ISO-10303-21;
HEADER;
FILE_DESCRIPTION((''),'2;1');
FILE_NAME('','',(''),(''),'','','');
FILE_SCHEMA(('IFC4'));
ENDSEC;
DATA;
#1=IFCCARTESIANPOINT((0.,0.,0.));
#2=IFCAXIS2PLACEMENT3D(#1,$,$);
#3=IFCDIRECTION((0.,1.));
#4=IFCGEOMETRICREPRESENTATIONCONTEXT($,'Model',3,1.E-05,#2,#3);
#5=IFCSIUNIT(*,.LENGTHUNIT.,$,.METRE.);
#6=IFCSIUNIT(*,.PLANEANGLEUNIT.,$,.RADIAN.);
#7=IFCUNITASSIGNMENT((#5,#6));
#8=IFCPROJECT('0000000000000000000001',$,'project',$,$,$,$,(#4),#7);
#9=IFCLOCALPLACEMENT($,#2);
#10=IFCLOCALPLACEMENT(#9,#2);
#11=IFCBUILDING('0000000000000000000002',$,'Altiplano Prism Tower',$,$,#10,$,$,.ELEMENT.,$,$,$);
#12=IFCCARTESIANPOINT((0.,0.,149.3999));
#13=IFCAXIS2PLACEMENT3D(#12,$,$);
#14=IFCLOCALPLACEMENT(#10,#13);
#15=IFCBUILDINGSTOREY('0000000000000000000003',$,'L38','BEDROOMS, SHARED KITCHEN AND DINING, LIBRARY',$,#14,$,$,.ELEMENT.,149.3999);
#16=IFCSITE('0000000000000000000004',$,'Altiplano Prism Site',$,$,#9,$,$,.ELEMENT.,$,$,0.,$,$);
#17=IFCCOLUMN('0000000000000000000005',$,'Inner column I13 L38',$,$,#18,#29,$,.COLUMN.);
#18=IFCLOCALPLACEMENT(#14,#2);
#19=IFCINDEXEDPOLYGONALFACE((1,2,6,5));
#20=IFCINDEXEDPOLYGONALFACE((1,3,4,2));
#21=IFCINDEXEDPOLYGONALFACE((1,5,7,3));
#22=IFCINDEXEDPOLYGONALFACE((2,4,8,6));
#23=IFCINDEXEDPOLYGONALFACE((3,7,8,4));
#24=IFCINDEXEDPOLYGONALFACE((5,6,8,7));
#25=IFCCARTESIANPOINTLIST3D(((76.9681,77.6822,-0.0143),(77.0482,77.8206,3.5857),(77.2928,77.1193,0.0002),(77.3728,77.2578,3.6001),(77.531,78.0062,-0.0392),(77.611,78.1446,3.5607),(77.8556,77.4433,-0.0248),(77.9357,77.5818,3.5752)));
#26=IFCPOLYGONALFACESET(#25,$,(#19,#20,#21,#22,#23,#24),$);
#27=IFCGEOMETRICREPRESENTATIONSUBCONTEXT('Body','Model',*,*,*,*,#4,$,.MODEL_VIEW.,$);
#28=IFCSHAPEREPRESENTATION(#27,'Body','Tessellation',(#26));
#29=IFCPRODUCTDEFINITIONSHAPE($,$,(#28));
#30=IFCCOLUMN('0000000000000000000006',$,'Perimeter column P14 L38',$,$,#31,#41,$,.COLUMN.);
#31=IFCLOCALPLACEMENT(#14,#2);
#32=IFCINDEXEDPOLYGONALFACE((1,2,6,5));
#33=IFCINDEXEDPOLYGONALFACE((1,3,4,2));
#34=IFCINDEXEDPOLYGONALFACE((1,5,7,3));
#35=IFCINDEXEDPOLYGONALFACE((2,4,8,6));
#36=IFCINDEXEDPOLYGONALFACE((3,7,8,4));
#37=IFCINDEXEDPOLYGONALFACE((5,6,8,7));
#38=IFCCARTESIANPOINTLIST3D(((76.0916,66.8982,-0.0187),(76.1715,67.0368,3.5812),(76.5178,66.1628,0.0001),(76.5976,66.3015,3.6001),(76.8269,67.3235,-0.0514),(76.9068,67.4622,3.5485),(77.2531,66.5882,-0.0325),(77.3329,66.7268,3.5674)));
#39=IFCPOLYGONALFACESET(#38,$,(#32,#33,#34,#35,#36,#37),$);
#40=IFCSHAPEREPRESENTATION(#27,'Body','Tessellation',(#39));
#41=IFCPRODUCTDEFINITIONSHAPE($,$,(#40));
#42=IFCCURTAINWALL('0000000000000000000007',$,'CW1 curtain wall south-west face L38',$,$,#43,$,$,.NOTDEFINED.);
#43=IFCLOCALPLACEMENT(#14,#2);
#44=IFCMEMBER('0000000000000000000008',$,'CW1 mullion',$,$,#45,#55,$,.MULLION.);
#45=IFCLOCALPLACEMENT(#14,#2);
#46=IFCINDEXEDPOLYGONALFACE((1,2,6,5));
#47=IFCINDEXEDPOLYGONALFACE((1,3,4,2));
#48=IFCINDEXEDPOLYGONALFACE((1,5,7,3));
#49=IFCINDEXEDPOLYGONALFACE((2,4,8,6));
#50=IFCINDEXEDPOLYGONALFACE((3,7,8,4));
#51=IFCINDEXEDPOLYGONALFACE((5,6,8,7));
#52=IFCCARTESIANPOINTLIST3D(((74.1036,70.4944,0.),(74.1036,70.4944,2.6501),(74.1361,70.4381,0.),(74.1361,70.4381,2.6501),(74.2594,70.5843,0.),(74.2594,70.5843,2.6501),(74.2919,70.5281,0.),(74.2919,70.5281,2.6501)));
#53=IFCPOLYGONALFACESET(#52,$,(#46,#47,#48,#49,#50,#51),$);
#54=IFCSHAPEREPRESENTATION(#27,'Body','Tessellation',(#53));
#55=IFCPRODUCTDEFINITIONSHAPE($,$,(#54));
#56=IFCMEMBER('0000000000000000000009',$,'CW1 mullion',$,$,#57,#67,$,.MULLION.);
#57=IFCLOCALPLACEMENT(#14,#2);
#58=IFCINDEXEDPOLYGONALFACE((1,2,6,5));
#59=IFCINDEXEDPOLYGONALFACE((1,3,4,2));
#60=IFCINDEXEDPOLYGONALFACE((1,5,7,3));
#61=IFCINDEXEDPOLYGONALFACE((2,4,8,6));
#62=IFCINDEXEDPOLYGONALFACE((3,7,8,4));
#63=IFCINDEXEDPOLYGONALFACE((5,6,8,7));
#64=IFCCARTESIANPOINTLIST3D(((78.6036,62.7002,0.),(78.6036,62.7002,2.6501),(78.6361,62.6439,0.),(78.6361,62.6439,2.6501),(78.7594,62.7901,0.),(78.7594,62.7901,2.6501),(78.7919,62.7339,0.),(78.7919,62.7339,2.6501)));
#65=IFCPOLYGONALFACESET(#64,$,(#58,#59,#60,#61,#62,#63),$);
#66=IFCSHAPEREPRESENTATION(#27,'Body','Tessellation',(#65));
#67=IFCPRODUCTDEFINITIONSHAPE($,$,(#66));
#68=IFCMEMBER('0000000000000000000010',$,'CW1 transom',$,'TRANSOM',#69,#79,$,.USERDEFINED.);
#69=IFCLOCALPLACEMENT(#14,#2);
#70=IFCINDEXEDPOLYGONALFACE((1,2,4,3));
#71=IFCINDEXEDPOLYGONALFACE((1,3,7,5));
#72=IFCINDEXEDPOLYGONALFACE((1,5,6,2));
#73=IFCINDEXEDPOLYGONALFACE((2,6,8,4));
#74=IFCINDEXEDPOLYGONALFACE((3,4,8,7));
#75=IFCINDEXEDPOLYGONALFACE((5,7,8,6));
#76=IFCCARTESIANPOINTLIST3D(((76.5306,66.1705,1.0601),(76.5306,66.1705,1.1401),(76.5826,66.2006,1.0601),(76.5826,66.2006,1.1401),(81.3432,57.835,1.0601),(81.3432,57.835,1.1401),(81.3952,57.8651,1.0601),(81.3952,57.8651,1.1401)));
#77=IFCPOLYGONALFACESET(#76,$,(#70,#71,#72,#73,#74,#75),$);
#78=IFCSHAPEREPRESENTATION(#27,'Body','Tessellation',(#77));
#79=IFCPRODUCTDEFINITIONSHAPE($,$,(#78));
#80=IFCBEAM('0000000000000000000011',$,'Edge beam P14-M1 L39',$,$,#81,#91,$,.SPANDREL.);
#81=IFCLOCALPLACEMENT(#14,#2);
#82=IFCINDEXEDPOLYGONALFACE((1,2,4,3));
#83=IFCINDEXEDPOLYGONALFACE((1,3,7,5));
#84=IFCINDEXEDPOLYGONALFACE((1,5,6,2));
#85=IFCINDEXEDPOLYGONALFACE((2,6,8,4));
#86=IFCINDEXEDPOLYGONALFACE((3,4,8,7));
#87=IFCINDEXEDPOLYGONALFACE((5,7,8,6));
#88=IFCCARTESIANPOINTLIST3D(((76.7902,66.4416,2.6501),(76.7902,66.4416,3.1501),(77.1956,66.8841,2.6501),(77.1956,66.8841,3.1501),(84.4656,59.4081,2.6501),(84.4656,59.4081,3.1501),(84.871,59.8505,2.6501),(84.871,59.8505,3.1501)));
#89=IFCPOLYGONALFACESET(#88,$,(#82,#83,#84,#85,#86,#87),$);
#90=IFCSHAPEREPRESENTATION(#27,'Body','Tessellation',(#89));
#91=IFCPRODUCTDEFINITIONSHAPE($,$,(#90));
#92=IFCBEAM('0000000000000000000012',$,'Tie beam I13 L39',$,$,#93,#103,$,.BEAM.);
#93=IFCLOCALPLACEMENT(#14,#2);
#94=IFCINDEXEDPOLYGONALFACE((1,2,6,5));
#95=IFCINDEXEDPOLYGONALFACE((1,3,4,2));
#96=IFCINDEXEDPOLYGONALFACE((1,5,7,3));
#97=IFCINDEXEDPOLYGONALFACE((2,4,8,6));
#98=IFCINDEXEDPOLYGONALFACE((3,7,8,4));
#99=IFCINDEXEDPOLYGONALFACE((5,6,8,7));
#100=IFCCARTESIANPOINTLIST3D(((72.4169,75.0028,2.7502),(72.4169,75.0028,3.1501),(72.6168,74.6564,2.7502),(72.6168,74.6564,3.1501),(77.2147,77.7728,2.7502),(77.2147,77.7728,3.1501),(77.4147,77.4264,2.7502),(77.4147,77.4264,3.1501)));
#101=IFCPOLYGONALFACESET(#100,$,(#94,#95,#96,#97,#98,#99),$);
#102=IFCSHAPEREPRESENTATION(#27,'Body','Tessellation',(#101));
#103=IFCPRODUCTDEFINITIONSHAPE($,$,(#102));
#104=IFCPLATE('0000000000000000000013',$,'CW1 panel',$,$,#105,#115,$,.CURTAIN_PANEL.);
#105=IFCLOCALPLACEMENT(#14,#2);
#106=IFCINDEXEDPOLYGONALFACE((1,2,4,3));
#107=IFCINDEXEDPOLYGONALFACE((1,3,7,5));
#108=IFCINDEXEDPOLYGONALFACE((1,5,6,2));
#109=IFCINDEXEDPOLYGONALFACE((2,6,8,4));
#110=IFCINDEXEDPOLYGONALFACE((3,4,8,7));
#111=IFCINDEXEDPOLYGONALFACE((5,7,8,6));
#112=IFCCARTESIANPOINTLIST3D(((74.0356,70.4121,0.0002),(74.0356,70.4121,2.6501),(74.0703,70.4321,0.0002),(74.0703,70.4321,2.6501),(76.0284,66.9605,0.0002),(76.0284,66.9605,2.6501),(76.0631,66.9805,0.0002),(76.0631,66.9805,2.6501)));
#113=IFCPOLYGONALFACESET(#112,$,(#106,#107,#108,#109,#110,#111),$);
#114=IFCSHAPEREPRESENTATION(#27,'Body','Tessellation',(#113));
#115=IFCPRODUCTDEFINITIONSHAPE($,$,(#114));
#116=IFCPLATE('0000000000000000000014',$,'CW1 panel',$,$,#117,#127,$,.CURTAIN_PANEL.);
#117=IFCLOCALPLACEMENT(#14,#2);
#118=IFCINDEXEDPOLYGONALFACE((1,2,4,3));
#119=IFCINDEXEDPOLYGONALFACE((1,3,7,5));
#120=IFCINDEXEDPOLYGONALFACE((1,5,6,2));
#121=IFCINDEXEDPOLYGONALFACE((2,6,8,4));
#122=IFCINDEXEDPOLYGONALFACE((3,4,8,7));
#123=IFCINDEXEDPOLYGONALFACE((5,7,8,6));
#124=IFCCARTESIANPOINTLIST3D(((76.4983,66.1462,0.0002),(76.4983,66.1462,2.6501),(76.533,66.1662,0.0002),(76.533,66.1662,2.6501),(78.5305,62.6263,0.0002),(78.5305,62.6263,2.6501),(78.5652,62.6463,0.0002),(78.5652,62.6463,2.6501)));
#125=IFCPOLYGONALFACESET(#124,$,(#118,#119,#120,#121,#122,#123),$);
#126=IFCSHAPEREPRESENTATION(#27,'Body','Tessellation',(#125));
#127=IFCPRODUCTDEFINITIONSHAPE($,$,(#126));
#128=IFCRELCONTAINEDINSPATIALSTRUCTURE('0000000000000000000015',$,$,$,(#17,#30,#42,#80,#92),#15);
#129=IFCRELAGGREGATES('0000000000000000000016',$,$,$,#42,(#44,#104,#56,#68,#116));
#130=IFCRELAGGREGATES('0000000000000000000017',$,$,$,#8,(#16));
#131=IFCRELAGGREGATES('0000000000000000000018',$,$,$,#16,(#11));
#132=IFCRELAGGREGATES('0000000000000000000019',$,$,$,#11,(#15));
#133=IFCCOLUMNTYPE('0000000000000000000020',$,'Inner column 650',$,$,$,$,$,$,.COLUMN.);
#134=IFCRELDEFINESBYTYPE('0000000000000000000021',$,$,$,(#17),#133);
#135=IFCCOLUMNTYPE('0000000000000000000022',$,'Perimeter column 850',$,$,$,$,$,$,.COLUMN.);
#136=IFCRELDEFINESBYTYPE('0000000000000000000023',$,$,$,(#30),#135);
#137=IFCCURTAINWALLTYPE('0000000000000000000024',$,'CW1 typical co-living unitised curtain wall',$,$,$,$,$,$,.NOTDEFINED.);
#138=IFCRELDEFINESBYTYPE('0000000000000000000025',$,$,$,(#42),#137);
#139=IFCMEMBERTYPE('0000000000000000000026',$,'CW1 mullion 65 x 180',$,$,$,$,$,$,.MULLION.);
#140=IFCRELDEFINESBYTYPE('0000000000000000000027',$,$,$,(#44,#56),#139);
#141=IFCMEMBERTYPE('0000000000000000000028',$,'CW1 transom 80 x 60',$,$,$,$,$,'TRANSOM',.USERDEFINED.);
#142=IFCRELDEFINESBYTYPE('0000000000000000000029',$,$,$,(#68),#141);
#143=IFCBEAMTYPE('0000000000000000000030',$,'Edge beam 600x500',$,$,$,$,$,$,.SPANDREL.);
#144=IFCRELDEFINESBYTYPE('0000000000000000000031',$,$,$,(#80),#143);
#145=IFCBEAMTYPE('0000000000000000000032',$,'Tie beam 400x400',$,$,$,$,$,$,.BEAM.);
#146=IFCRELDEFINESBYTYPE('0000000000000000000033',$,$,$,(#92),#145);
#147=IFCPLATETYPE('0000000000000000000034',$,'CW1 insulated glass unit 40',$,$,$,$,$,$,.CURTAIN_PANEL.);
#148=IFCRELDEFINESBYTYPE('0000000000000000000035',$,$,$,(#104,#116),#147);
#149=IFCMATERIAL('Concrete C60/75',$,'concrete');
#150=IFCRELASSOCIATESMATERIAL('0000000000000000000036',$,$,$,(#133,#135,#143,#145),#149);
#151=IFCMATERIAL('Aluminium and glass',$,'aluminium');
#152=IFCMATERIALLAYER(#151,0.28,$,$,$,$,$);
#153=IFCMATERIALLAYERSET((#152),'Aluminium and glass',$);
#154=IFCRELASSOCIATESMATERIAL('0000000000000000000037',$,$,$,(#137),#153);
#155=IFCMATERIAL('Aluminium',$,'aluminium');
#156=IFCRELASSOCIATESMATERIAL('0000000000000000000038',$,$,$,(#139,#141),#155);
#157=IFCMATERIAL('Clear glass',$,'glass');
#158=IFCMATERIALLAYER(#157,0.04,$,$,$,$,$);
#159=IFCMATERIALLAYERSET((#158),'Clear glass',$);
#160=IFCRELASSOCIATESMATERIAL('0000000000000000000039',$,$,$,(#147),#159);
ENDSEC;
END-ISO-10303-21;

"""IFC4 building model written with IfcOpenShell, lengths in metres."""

from ifc_helpers import new_model, si_unit, direction, frame, origin, origin_2d, place, context, subcontext, project, spatial, rectangle, extrude, material, layer, layer_set, material_profile, profile_set, type_object, element, aggregate, save


model = new_model("IFC4")

# Units and contexts
model_context = context("Model", 3, precision=1e-05, world=origin(), true_north=direction((0.0, 1.0)))
body_context = subcontext(model_context, "Body", "Model", "MODEL_VIEW")
ifc_project = project(units=[si_unit("LENGTHUNIT", "METRE"), si_unit("PLANEANGLEUNIT", "RADIAN")], contexts=[model_context])

# Site, building, storey
site_placement = place(None, origin())
site = spatial("IfcSite", under=ifc_project, at=site_placement, Name="Altiplano Prism Site", CompositionType="ELEMENT", RefElevation=0.0)
building_placement = place(site_placement, origin())
building = spatial("IfcBuilding", under=site, at=building_placement, Name="Altiplano Prism Tower", CompositionType="ELEMENT")
storey_placement = place(building_placement, frame((0.0, 0.0, 149.3999)))
storey = spatial("IfcBuildingStorey", under=building, at=storey_placement, Name="L38", Description="BEDROOMS, SHARED KITCHEN AND DINING, LIBRARY", CompositionType="ELEMENT", Elevation=149.3999)

# Columns
ifc_material_1 = material(Name="Concrete C60/75", Category="concrete")
ifc_material_profile_1 = material_profile(ifc_material_1, rectangle(XDim=0.6499, YDim=0.6499, at=origin_2d()), Name="Inner column 650")
ifc_profile_set_1 = profile_set([ifc_material_profile_1], Name="Concrete C60/75")
column_type_1 = type_object("IfcColumnType", Name="Inner column 650", PredefinedType="COLUMN", material=ifc_profile_set_1)
column_1_placement = place(storey_placement, frame((77.4119, 77.5627, -0.0195), z_axis=(0.022223, 0.038416, 0.999015), x_axis=(-0.866021, -0.498528, 0.038435)))
element("IfcColumn", 1, at=column_1_placement, inside=storey, type_object=column_type_1, Name="Inner column I13 L38", PredefinedType="COLUMN", context=body_context, shape_type="SweptSolid", body=[
    extrude(rectangle(XDim=0.6499, YDim=0.6499, at=origin_2d()), origin(), (0.0, 0.0, 1.0), 3.6035),
])
ifc_material_profile_2 = material_profile(ifc_material_1, rectangle(XDim=0.8501, YDim=0.8501, at=origin_2d()), Name="Perimeter column 850")
ifc_profile_set_2 = profile_set([ifc_material_profile_2], Name="Concrete C60/75")
column_type_2 = type_object("IfcColumnType", Name="Perimeter column 850", PredefinedType="COLUMN", material=ifc_profile_set_2)
column_2_placement = place(storey_placement, frame((76.6724, 66.7432, -0.0256), z_axis=(0.022155, 0.038484, 0.999014), x_axis=(-0.864981, -0.500328, 0.038456)))
element("IfcColumn", 2, at=column_2_placement, inside=storey, type_object=column_type_2, Name="Perimeter column P14 L38", PredefinedType="COLUMN", context=body_context, shape_type="SweptSolid", body=[
    extrude(rectangle(XDim=0.8501, YDim=0.8501, at=origin_2d()), origin(), (0.0, 0.0, 1.0), 3.6035),
])

# Curtain wall, members
ifc_material_2 = material(Name="Aluminium and glass", Category="aluminium")
ifc_layer_1 = layer(ifc_material_2, 0.28)
ifc_layer_set_1 = layer_set([ifc_layer_1], Name="Aluminium and glass")
curtain_wall_type = type_object("IfcCurtainWallType", Name="CW1 typical co-living unitised curtain wall", PredefinedType="NOTDEFINED", material=ifc_layer_set_1)
curtain_wall_placement = place(storey_placement, origin())
curtain_wall = element("IfcCurtainWall", 3, at=curtain_wall_placement, inside=storey, type_object=curtain_wall_type, Name="CW1 curtain wall south-west face L38", PredefinedType="NOTDEFINED")
ifc_material_3 = material(Name="Aluminium", Category="aluminium")
ifc_material_profile_3 = material_profile(ifc_material_3, rectangle(XDim=0.1799, YDim=0.0649, at=origin_2d()), Name="CW1 mullion 65 x 180")
ifc_profile_set_3 = profile_set([ifc_material_profile_3], Name="Aluminium")
member_type_1 = type_object("IfcMemberType", Name="CW1 mullion 65 x 180", PredefinedType="MULLION", material=ifc_profile_set_3)
member_1_placement = place(storey_placement, frame((74.1978, 70.5112, 0.0), z_axis=(0.0, 0.0, 1.0), x_axis=(0.866025, 0.5, 0.0)))
member_1 = element("IfcMember", 4, at=member_1_placement, type_object=member_type_1, Name="CW1 mullion", PredefinedType="MULLION", context=body_context, shape_type="SweptSolid", body=[
    extrude(rectangle(XDim=0.1799, YDim=0.0649, at=origin_2d()), origin(), (0.0, 0.0, 1.0), 2.6501),
])
member_2_placement = place(storey_placement, frame((78.6978, 62.717, 0.0), z_axis=(0.0, 0.0, 1.0), x_axis=(0.866025, 0.5, 0.0)))
member_2 = element("IfcMember", 5, at=member_2_placement, type_object=member_type_1, Name="CW1 mullion", PredefinedType="MULLION", context=body_context, shape_type="SweptSolid", body=[
    extrude(rectangle(XDim=0.1799, YDim=0.0649, at=origin_2d()), origin(), (0.0, 0.0, 1.0), 2.6501),
])
ifc_material_profile_4 = material_profile(ifc_material_3, rectangle(XDim=0.0601, YDim=0.0801, at=origin_2d()), Name="CW1 transom 80 x 60")
ifc_profile_set_4 = profile_set([ifc_material_profile_4], Name="Aluminium")
member_type_2 = type_object("IfcMemberType", Name="CW1 transom 80 x 60", ElementType="TRANSOM", PredefinedType="USERDEFINED", material=ifc_profile_set_4)
member_3_placement = place(storey_placement, frame((76.5566, 66.1855, 1.1001), z_axis=(0.500002, -0.866024, 0.0), x_axis=(0.866024, 0.500002, 0.0)))
member_3 = element("IfcMember", 6, at=member_3_placement, type_object=member_type_2, Name="CW1 transom", ObjectType="TRANSOM", PredefinedType="USERDEFINED", context=body_context, shape_type="SweptSolid", body=[
    extrude(rectangle(XDim=0.0601, YDim=0.0801, at=origin_2d()), origin(), (0.0, 0.0, 1.0), 9.625),
])

# Beams
ifc_material_profile_5 = material_profile(ifc_material_1, rectangle(XDim=0.6001, YDim=0.5, at=origin_2d()), Name="Edge beam 600x500")
ifc_profile_set_5 = profile_set([ifc_material_profile_5], Name="Concrete C60/75")
beam_type_1 = type_object("IfcBeamType", Name="Edge beam 600x500", PredefinedType="SPANDREL", material=ifc_profile_set_5)
beam_1_placement = place(storey_placement, frame((76.9929, 66.6628, 2.9001), z_axis=(0.737261, -0.675608, 0.0), x_axis=(0.675608, 0.737261, 0.0)))
element("IfcBeam", 7, at=beam_1_placement, inside=storey, type_object=beam_type_1, Name="Edge beam P14-M1 L39", PredefinedType="SPANDREL", context=body_context, shape_type="SweptSolid", body=[
    extrude(rectangle(XDim=0.6001, YDim=0.5, at=origin_2d()), origin(), (0.0, 0.0, 1.0), 10.4106),
])
ifc_material_profile_6 = material_profile(ifc_material_1, rectangle(XDim=0.3999, YDim=0.3999, at=origin_2d()), Name="Tie beam 400x400")
ifc_profile_set_6 = profile_set([ifc_material_profile_6], Name="Concrete C60/75")
beam_type_2 = type_object("IfcBeamType", Name="Tie beam 400x400", PredefinedType="BEAM", material=ifc_profile_set_6)
beam_2_placement = place(storey_placement, frame((77.3147, 77.5996, 2.9502), z_axis=(-0.866027, -0.499997, 0.0), x_axis=(0.499997, -0.866027, 0.0)))
element("IfcBeam", 8, at=beam_2_placement, inside=storey, type_object=beam_type_2, Name="Tie beam I13 L39", PredefinedType="BEAM", context=body_context, shape_type="SweptSolid", body=[
    extrude(rectangle(XDim=0.3999, YDim=0.3999, at=origin_2d()), origin(), (0.0, 0.0, 1.0), 5.54),
])

# Plates
ifc_material_4 = material(Name="Clear glass", Category="glass")
ifc_layer_2 = layer(ifc_material_4, 0.04)
ifc_layer_set_2 = layer_set([ifc_layer_2], Name="Clear glass")
plate_type = type_object("IfcPlateType", Name="CW1 insulated glass unit 40", PredefinedType="CURTAIN_PANEL", material=ifc_layer_set_2)
plate_1_placement = place(storey_placement, frame((75.0493, 68.6963, 0.0002), z_axis=(0.0, 0.0, 1.0), x_axis=(0.5, -0.866025, 0.0)))
plate_1 = element("IfcPlate", 9, at=plate_1_placement, type_object=plate_type, Name="CW1 panel", PredefinedType="CURTAIN_PANEL", context=body_context, shape_type="SweptSolid", body=[
    extrude(rectangle(XDim=3.9856, YDim=0.04, at=origin_2d()), origin(), (0.0, 0.0, 1.0), 2.6499),
])
plate_2_placement = place(storey_placement, frame((77.5317, 64.3962, 0.0002), z_axis=(0.0, 0.0, 1.0), x_axis=(0.5, -0.866025, 0.0)))
plate_2 = element("IfcPlate", 10, at=plate_2_placement, type_object=plate_type, Name="CW1 panel", PredefinedType="CURTAIN_PANEL", context=body_context, shape_type="SweptSolid", body=[
    extrude(rectangle(XDim=4.0645, YDim=0.04, at=origin_2d()), origin(), (0.0, 0.0, 1.0), 2.6499),
])
aggregate(curtain_wall, [member_1, plate_1, member_2, member_3, plate_2])

save(model, "model.ifc")
